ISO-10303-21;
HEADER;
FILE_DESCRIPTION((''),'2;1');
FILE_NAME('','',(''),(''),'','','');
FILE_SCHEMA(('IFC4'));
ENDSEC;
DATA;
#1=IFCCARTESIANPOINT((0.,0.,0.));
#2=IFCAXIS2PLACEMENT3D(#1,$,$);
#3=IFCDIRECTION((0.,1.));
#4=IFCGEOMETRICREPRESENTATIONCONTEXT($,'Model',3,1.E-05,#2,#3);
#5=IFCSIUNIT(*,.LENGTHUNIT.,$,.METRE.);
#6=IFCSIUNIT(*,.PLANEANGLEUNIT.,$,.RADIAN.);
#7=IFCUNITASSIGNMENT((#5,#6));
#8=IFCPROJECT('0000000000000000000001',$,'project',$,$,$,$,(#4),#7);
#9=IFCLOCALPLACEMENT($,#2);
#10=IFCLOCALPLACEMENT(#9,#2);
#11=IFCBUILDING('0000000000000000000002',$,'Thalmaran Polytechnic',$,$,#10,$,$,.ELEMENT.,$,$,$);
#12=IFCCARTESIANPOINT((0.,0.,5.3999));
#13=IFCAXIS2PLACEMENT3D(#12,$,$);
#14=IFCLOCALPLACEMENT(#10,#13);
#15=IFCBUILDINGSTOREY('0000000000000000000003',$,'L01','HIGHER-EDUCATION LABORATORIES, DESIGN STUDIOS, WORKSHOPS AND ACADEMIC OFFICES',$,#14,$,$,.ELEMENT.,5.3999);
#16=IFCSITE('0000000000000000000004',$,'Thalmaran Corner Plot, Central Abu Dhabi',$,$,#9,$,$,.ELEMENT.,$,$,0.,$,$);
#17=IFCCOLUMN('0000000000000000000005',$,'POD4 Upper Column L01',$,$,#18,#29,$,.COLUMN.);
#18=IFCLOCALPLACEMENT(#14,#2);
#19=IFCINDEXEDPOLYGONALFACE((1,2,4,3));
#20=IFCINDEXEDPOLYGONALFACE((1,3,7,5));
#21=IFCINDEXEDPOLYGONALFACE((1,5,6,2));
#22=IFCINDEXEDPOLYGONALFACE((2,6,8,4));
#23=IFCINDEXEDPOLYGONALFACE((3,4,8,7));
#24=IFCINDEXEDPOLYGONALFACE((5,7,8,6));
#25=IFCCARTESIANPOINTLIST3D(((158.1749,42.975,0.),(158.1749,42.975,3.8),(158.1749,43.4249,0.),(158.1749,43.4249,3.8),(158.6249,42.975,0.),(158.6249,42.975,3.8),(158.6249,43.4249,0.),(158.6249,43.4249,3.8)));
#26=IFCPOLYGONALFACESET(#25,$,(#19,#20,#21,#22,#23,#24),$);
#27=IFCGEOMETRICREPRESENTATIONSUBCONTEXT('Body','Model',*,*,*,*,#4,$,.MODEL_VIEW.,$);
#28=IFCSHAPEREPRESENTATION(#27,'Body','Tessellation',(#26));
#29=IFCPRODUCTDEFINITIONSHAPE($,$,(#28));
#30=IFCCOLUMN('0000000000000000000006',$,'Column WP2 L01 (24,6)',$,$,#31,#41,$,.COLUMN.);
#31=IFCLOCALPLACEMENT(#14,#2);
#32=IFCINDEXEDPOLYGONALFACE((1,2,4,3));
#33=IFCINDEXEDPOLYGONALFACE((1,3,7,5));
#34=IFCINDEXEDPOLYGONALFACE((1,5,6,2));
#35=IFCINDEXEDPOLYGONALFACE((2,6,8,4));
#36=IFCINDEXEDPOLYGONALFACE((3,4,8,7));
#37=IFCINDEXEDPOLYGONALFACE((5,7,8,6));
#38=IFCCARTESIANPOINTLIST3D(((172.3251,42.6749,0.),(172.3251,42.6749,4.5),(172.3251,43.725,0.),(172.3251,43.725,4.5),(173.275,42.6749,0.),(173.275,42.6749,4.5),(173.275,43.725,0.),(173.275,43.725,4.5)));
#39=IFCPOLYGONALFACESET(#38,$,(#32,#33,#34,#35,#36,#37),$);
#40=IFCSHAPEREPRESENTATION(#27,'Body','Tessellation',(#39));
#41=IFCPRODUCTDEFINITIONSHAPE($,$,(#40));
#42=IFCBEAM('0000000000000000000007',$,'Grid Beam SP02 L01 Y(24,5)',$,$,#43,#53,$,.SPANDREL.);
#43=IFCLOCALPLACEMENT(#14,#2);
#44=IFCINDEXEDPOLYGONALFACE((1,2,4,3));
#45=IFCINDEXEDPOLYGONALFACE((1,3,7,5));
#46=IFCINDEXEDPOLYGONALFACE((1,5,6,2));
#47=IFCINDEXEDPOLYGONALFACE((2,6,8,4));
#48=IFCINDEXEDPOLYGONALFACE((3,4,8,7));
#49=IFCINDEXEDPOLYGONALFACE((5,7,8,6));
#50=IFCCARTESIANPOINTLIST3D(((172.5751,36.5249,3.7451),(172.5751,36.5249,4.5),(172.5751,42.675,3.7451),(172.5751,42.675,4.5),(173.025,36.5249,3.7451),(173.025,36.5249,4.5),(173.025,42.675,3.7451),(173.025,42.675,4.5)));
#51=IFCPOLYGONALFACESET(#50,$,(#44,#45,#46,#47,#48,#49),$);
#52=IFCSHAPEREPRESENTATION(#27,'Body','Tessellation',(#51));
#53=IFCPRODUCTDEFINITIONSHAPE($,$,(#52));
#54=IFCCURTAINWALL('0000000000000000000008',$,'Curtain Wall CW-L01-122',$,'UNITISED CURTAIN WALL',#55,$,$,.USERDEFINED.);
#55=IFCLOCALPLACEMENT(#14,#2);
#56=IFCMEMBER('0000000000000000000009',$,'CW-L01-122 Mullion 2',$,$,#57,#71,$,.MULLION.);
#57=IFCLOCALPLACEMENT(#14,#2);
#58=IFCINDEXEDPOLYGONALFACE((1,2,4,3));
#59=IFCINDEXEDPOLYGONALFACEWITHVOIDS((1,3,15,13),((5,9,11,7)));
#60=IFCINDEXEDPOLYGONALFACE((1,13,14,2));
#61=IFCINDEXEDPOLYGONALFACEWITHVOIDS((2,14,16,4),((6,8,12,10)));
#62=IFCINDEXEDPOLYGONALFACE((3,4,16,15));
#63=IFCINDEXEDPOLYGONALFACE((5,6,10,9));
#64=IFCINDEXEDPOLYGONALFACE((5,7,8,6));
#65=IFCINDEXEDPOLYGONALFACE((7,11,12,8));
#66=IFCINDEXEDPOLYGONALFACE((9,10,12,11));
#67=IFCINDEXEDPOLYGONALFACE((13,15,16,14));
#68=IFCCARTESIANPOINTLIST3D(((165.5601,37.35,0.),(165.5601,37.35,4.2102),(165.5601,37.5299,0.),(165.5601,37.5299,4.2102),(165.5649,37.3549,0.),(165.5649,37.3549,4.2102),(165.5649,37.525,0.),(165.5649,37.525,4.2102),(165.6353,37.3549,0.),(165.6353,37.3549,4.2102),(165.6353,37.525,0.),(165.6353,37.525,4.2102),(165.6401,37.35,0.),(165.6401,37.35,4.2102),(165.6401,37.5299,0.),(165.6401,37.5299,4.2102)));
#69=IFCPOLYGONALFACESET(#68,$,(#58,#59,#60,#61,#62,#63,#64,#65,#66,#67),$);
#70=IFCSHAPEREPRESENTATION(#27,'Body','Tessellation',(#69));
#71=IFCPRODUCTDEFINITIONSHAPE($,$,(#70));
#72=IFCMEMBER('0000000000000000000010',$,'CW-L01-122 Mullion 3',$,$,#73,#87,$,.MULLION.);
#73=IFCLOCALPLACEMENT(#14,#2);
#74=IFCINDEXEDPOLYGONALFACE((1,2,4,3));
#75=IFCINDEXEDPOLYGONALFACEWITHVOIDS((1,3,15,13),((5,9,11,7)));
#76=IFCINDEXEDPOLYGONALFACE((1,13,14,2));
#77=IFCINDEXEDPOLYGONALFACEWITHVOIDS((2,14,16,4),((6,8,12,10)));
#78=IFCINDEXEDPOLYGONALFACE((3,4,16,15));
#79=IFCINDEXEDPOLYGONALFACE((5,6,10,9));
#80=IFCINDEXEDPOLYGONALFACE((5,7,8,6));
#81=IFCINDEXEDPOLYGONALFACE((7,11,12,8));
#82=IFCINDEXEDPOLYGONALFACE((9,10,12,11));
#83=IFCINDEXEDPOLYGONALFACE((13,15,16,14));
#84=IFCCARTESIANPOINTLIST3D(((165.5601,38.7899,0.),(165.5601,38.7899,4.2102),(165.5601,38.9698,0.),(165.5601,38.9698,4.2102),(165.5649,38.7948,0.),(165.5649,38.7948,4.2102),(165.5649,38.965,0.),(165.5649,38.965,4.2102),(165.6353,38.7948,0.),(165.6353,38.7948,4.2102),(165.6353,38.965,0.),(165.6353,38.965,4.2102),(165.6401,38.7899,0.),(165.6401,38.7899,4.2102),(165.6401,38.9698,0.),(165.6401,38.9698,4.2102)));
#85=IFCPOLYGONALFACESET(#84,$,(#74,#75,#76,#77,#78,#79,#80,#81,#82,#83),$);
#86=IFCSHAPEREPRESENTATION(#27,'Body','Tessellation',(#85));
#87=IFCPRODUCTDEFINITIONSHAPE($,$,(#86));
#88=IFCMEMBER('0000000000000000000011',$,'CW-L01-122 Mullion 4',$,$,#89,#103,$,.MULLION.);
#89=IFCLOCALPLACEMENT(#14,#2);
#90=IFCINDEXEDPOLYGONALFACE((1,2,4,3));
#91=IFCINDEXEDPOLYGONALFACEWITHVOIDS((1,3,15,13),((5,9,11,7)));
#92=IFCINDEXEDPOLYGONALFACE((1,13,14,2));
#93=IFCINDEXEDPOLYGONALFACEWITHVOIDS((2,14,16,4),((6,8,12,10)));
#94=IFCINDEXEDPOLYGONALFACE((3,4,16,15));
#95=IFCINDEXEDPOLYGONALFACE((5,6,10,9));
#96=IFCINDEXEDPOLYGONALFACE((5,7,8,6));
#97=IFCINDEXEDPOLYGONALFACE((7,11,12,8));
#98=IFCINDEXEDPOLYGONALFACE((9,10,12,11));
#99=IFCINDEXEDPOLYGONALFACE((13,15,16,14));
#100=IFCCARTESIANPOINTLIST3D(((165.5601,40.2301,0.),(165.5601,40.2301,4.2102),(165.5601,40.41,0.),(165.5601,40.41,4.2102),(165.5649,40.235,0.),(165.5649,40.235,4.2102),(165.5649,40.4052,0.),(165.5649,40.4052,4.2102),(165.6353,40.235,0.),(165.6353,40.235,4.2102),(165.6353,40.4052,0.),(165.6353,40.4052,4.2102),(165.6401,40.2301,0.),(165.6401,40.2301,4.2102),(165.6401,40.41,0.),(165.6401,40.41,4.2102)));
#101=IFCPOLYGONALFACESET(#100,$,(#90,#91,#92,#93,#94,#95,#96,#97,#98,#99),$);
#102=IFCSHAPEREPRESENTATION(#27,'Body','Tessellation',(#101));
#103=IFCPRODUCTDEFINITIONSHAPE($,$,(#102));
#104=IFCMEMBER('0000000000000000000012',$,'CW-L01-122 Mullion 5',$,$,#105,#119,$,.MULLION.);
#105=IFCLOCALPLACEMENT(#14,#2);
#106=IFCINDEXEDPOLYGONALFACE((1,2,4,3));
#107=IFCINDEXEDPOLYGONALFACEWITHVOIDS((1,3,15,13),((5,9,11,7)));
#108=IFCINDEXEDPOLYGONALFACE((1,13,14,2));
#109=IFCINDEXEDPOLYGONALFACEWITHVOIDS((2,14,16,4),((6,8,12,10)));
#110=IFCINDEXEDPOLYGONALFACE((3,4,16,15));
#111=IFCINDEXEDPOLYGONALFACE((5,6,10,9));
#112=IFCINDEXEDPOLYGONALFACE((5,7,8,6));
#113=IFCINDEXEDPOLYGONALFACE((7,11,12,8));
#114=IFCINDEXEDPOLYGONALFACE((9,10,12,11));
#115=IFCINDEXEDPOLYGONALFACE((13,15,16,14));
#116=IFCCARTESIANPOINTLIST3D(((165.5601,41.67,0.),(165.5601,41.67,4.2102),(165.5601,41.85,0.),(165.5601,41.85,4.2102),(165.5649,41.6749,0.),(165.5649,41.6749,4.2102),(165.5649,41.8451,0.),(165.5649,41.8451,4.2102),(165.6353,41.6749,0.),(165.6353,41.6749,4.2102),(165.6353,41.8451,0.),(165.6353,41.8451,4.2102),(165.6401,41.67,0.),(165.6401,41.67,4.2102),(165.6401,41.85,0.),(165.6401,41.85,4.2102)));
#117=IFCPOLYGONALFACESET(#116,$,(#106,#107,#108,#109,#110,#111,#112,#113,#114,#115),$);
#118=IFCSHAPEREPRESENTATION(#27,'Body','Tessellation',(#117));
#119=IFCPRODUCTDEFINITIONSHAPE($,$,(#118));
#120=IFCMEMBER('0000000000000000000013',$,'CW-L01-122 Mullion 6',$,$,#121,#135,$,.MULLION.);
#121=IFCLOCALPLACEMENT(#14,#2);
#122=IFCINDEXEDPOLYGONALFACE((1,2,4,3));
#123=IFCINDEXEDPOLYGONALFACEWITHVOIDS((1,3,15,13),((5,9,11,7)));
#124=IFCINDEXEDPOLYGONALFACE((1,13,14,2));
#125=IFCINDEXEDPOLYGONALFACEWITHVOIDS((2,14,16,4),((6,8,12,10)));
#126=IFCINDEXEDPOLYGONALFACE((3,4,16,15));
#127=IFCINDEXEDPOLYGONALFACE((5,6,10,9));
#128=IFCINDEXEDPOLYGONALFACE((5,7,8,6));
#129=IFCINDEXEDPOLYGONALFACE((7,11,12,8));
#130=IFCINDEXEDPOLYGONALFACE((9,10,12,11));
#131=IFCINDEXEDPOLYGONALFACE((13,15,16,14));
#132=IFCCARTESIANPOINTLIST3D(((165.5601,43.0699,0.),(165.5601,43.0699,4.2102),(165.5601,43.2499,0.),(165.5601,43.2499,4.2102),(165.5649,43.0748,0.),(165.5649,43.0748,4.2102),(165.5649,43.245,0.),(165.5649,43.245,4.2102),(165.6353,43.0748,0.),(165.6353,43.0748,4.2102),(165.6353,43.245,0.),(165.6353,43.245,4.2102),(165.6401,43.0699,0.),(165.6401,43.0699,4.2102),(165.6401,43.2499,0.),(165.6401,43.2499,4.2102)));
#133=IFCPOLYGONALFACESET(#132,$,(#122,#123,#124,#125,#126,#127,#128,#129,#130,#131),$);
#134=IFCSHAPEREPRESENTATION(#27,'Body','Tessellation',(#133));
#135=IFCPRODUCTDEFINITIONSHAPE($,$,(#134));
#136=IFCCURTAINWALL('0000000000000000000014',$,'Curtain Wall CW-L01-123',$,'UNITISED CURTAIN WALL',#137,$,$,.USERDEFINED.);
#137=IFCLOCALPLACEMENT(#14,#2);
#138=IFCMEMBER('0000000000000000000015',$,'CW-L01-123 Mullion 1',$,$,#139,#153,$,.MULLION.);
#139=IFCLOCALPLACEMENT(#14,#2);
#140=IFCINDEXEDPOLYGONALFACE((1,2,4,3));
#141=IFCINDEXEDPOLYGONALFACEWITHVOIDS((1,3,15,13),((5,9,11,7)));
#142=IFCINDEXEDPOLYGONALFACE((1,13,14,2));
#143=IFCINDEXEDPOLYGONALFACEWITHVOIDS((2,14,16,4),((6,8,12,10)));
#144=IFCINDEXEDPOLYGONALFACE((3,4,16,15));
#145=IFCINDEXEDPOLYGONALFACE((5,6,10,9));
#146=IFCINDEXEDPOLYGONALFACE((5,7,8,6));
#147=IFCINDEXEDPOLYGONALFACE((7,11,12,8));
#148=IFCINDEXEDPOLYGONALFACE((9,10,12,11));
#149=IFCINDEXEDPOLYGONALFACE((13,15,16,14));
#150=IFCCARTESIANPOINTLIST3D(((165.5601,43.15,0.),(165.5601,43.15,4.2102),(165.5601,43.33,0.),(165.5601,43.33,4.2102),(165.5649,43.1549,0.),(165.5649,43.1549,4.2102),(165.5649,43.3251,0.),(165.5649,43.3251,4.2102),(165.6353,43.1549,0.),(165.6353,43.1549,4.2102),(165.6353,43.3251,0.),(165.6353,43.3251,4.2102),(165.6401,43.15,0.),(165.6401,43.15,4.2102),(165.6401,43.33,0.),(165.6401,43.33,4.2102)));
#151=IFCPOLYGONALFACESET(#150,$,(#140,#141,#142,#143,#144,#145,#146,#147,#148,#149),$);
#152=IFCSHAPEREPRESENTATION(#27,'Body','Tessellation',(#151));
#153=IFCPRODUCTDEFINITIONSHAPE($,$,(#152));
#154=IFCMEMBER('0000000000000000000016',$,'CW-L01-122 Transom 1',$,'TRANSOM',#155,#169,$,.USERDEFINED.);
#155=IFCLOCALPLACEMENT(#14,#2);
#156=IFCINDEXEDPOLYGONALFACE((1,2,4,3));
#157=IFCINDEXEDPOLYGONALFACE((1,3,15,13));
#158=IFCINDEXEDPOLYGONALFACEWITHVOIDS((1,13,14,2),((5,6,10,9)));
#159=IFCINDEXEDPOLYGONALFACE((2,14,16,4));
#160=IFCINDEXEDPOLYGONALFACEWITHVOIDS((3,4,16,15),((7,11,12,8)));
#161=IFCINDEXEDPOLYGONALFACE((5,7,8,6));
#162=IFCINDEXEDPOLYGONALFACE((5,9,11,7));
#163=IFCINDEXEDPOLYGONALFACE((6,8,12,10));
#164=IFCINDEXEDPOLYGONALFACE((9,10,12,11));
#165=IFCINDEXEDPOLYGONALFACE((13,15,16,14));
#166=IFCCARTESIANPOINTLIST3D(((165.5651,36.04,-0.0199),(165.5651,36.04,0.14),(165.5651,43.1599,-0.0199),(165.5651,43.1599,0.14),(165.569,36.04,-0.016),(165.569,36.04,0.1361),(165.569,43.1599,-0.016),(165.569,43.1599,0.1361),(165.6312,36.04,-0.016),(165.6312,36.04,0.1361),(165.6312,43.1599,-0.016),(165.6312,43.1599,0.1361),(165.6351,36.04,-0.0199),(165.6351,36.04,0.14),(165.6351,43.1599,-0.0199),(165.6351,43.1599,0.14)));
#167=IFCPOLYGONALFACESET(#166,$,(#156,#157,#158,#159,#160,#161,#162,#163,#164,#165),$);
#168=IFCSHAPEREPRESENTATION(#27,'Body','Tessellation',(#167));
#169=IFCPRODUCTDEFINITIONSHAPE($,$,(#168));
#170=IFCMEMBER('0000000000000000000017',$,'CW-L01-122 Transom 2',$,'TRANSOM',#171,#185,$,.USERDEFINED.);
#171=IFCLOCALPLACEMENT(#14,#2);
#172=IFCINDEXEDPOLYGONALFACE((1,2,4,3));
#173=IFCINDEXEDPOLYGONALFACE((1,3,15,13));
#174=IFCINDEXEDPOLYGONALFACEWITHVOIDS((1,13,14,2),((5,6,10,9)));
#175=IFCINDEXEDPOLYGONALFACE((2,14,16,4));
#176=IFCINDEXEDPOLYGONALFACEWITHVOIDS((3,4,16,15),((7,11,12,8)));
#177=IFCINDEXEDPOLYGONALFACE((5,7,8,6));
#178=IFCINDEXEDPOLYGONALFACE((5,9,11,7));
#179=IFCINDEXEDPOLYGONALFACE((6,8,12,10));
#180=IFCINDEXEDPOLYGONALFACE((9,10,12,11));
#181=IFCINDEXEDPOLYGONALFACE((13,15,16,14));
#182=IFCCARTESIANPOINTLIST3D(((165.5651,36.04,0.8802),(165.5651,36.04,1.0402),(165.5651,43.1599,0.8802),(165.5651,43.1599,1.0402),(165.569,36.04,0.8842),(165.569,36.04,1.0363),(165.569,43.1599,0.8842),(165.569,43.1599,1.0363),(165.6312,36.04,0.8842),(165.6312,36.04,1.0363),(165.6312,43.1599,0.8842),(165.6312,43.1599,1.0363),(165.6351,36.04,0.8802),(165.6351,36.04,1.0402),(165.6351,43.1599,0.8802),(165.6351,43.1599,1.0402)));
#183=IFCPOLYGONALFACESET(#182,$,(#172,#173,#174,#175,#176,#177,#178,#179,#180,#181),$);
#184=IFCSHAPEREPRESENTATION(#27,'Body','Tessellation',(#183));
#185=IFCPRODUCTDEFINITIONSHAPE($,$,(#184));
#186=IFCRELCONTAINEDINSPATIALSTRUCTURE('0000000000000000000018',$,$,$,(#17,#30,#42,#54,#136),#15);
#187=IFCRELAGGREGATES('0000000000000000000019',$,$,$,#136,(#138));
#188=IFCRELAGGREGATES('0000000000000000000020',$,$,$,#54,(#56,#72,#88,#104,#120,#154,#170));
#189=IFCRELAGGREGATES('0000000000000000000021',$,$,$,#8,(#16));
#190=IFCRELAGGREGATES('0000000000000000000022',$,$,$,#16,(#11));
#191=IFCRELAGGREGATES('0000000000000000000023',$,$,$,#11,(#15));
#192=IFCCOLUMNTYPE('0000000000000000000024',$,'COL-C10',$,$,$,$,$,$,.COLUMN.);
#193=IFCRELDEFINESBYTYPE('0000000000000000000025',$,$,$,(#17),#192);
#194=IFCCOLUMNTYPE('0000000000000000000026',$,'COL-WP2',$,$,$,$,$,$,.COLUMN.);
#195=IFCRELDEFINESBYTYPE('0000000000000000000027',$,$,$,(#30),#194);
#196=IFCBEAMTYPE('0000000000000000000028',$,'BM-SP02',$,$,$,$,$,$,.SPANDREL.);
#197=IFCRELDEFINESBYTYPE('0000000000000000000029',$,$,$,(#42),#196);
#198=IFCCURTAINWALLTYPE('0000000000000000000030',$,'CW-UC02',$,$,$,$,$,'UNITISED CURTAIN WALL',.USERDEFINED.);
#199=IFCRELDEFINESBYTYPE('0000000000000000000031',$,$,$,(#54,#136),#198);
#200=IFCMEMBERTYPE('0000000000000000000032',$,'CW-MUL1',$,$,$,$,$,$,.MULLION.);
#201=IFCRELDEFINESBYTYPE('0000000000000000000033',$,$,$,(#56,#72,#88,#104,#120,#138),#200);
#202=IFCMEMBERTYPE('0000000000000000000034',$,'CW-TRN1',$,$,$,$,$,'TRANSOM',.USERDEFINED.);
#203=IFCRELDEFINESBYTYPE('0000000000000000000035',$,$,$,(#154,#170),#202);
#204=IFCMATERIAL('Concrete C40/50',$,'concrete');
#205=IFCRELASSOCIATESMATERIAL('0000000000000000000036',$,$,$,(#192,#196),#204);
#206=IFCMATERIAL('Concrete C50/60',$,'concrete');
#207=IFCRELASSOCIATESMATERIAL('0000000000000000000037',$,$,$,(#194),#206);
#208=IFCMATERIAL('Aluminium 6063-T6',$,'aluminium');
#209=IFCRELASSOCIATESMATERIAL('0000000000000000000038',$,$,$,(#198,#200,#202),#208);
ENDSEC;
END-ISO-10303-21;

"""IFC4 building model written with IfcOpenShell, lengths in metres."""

from ifc_helpers import new_model, si_unit, direction, frame, origin, origin_2d, place, context, subcontext, project, spatial, rectangle, hollow_rectangle, extrude, material, material_profile, profile_set, type_object, element, aggregate, save


model = new_model("IFC4")

# Units and contexts
model_context = context("Model", 3, precision=1e-05, world=origin(), true_north=direction((0.0, 1.0)))
body_context = subcontext(model_context, "Body", "Model", "MODEL_VIEW")
ifc_project = project(units=[si_unit("LENGTHUNIT", "METRE"), si_unit("PLANEANGLEUNIT", "RADIAN")], contexts=[model_context])

# Site, building, storey
site_placement = place(None, origin())
site = spatial("IfcSite", under=ifc_project, at=site_placement, Name="Thalmaran Corner Plot, Central Abu Dhabi", CompositionType="ELEMENT", RefElevation=0.0)
building_placement = place(site_placement, origin())
building = spatial("IfcBuilding", under=site, at=building_placement, Name="Thalmaran Polytechnic", CompositionType="ELEMENT")
storey_placement = place(building_placement, frame((0.0, 0.0, 5.3999)))
storey = spatial("IfcBuildingStorey", under=building, at=storey_placement, Name="L01", Description="HIGHER-EDUCATION LABORATORIES, DESIGN STUDIOS, WORKSHOPS AND ACADEMIC OFFICES", CompositionType="ELEMENT", Elevation=5.3999)

# Columns
ifc_material_1 = material(Name="Concrete C40/50", Category="concrete")
ifc_material_profile_1 = material_profile(ifc_material_1, rectangle(XDim=0.45, YDim=0.45, at=origin_2d()), Name="RC 450x450")
ifc_profile_set_1 = profile_set([ifc_material_profile_1], Name="Concrete C40/50")
column_type_1 = type_object("IfcColumnType", Name="COL-C10", PredefinedType="COLUMN", material=ifc_profile_set_1)
column_1_placement = place(storey_placement, frame((158.3999, 43.2, 0.0), z_axis=(0.0, 0.0, 1.0), x_axis=(1.0, 0.0, 0.0)))
element("IfcColumn", 1, at=column_1_placement, inside=storey, type_object=column_type_1, Name="POD4 Upper Column L01", PredefinedType="COLUMN", context=body_context, shape_type="SweptSolid", body=[
    extrude(rectangle(XDim=0.45, YDim=0.45, at=origin_2d()), origin(), (0.0, 0.0, 1.0), 3.8),
])
ifc_material_2 = material(Name="Concrete C50/60", Category="concrete")
ifc_material_profile_2 = material_profile(ifc_material_2, rectangle(XDim=0.95, YDim=1.05, at=origin_2d()), Name="RC 950x1050")
ifc_profile_set_2 = profile_set([ifc_material_profile_2], Name="Concrete C50/60")
column_type_2 = type_object("IfcColumnType", Name="COL-WP2", PredefinedType="COLUMN", material=ifc_profile_set_2)
column_2_placement = place(storey_placement, frame((172.8, 43.2, 0.0), z_axis=(0.0, 0.0, 1.0), x_axis=(1.0, 0.0, 0.0)))
element("IfcColumn", 2, at=column_2_placement, inside=storey, type_object=column_type_2, Name="Column WP2 L01 (24,6)", PredefinedType="COLUMN", context=body_context, shape_type="SweptSolid", body=[
    extrude(rectangle(XDim=0.95, YDim=1.05, at=origin_2d()), origin(), (0.0, 0.0, 1.0), 4.5),
])

# Beam
ifc_material_profile_3 = material_profile(ifc_material_1, rectangle(XDim=0.45, YDim=0.7549, at=origin_2d()), Name="RC 450x755")
ifc_profile_set_3 = profile_set([ifc_material_profile_3], Name="Concrete C40/50")
beam_type = type_object("IfcBeamType", Name="BM-SP02", PredefinedType="SPANDREL", material=ifc_profile_set_3)
beam_placement = place(storey_placement, frame((172.8, 36.5249, 4.1226), z_axis=(0.0, 1.0, 0.0), x_axis=(-1.0, 0.0, 0.0)))
element("IfcBeam", 3, at=beam_placement, inside=storey, type_object=beam_type, Name="Grid Beam SP02 L01 Y(24,5)", PredefinedType="SPANDREL", context=body_context, shape_type="SweptSolid", body=[
    extrude(rectangle(XDim=0.45, YDim=0.7549, at=origin_2d()), origin(), (0.0, 0.0, 1.0), 6.1501),
])

# Curtain wall, members
ifc_material_3 = material(Name="Aluminium 6063-T6", Category="aluminium")
curtain_wall_type = type_object("IfcCurtainWallType", Name="CW-UC02", ElementType="UNITISED CURTAIN WALL", PredefinedType="USERDEFINED", material=ifc_material_3)
curtain_wall_1_placement = place(storey_placement, origin())
curtain_wall_1 = element("IfcCurtainWall", 4, at=curtain_wall_1_placement, inside=storey, type_object=curtain_wall_type, Name="Curtain Wall CW-L01-122", ObjectType="UNITISED CURTAIN WALL", PredefinedType="USERDEFINED")
ifc_material_profile_4 = material_profile(ifc_material_3, hollow_rectangle(XDim=0.0801, YDim=0.1799, WallThickness=0.0049, at=origin_2d()), Name="RHS 180x80x5.0")
ifc_profile_set_4 = profile_set([ifc_material_profile_4], Name="Aluminium 6063-T6")
member_type_1 = type_object("IfcMemberType", Name="CW-MUL1", PredefinedType="MULLION", material=ifc_profile_set_4)
member_1_placement = place(storey_placement, frame((165.6001, 37.4399, 0.0), z_axis=(0.0, 0.0, 1.0), x_axis=(1.0, 0.0, 0.0)))
member_1 = element("IfcMember", 5, at=member_1_placement, type_object=member_type_1, Name="CW-L01-122 Mullion 2", PredefinedType="MULLION", context=body_context, shape_type="SweptSolid", body=[
    extrude(hollow_rectangle(XDim=0.0801, YDim=0.1799, WallThickness=0.0049, at=origin_2d()), origin(), (0.0, 0.0, 1.0), 4.2102),
])
member_2_placement = place(storey_placement, frame((165.6001, 38.8799, 0.0), z_axis=(0.0, 0.0, 1.0), x_axis=(1.0, 0.0, 0.0)))
member_2 = element("IfcMember", 6, at=member_2_placement, type_object=member_type_1, Name="CW-L01-122 Mullion 3", PredefinedType="MULLION", context=body_context, shape_type="SweptSolid", body=[
    extrude(hollow_rectangle(XDim=0.0801, YDim=0.1799, WallThickness=0.0049, at=origin_2d()), origin(), (0.0, 0.0, 1.0), 4.2102),
])
member_3_placement = place(storey_placement, frame((165.6001, 40.3201, 0.0), z_axis=(0.0, 0.0, 1.0), x_axis=(1.0, 0.0, 0.0)))
member_3 = element("IfcMember", 7, at=member_3_placement, type_object=member_type_1, Name="CW-L01-122 Mullion 4", PredefinedType="MULLION", context=body_context, shape_type="SweptSolid", body=[
    extrude(hollow_rectangle(XDim=0.0801, YDim=0.1799, WallThickness=0.0049, at=origin_2d()), origin(), (0.0, 0.0, 1.0), 4.2102),
])
member_4_placement = place(storey_placement, frame((165.6001, 41.76, 0.0), z_axis=(0.0, 0.0, 1.0), x_axis=(1.0, 0.0, 0.0)))
member_4 = element("IfcMember", 8, at=member_4_placement, type_object=member_type_1, Name="CW-L01-122 Mullion 5", PredefinedType="MULLION", context=body_context, shape_type="SweptSolid", body=[
    extrude(hollow_rectangle(XDim=0.0801, YDim=0.1799, WallThickness=0.0049, at=origin_2d()), origin(), (0.0, 0.0, 1.0), 4.2102),
])
member_5_placement = place(storey_placement, frame((165.6001, 43.1599, 0.0), z_axis=(0.0, 0.0, 1.0), x_axis=(1.0, 0.0, 0.0)))
member_5 = element("IfcMember", 9, at=member_5_placement, type_object=member_type_1, Name="CW-L01-122 Mullion 6", PredefinedType="MULLION", context=body_context, shape_type="SweptSolid", body=[
    extrude(hollow_rectangle(XDim=0.0801, YDim=0.1799, WallThickness=0.0049, at=origin_2d()), origin(), (0.0, 0.0, 1.0), 4.2102),
])

# Curtain wall, member
curtain_wall_2_placement = place(storey_placement, origin())
curtain_wall_2 = element("IfcCurtainWall", 10, at=curtain_wall_2_placement, inside=storey, type_object=curtain_wall_type, Name="Curtain Wall CW-L01-123", ObjectType="UNITISED CURTAIN WALL", PredefinedType="USERDEFINED")
member_6_placement = place(storey_placement, frame((165.6001, 43.24, 0.0), z_axis=(0.0, 0.0, 1.0), x_axis=(1.0, 0.0, 0.0)))
member_6 = element("IfcMember", 11, at=member_6_placement, type_object=member_type_1, Name="CW-L01-123 Mullion 1", PredefinedType="MULLION", context=body_context, shape_type="SweptSolid", body=[
    extrude(hollow_rectangle(XDim=0.0801, YDim=0.1799, WallThickness=0.0049, at=origin_2d()), origin(), (0.0, 0.0, 1.0), 4.2102),
])

# Members
ifc_material_profile_5 = material_profile(ifc_material_3, hollow_rectangle(XDim=0.0701, YDim=0.1599, WallThickness=0.0039, at=origin_2d()), Name="AL 160x70x4.0")
ifc_profile_set_5 = profile_set([ifc_material_profile_5], Name="Aluminium 6063-T6")
member_type_2 = type_object("IfcMemberType", Name="CW-TRN1", ElementType="TRANSOM", PredefinedType="USERDEFINED", material=ifc_profile_set_5)
member_7_placement = place(storey_placement, frame((165.6001, 36.04, 0.0601), z_axis=(0.0, 1.0, 0.0), x_axis=(-1.0, 0.0, 0.0)))
member_7 = element("IfcMember", 12, at=member_7_placement, type_object=member_type_2, Name="CW-L01-122 Transom 1", ObjectType="TRANSOM", PredefinedType="USERDEFINED", context=body_context, shape_type="SweptSolid", body=[
    extrude(hollow_rectangle(XDim=0.0701, YDim=0.1599, WallThickness=0.0039, at=origin_2d()), origin(), (0.0, 0.0, 1.0), 7.1199),
])
member_8_placement = place(storey_placement, frame((165.6001, 36.04, 0.9602), z_axis=(0.0, 1.0, 0.0), x_axis=(-1.0, 0.0, 0.0)))
member_8 = element("IfcMember", 13, at=member_8_placement, type_object=member_type_2, Name="CW-L01-122 Transom 2", ObjectType="TRANSOM", PredefinedType="USERDEFINED", context=body_context, shape_type="SweptSolid", body=[
    extrude(hollow_rectangle(XDim=0.0701, YDim=0.1599, WallThickness=0.0039, at=origin_2d()), origin(), (0.0, 0.0, 1.0), 7.1199),
])
aggregate(curtain_wall_2, [member_6])

aggregate(curtain_wall_1, [member_1, member_2, member_3, member_4, member_5, member_7, member_8])

save(model, "model.ifc")
